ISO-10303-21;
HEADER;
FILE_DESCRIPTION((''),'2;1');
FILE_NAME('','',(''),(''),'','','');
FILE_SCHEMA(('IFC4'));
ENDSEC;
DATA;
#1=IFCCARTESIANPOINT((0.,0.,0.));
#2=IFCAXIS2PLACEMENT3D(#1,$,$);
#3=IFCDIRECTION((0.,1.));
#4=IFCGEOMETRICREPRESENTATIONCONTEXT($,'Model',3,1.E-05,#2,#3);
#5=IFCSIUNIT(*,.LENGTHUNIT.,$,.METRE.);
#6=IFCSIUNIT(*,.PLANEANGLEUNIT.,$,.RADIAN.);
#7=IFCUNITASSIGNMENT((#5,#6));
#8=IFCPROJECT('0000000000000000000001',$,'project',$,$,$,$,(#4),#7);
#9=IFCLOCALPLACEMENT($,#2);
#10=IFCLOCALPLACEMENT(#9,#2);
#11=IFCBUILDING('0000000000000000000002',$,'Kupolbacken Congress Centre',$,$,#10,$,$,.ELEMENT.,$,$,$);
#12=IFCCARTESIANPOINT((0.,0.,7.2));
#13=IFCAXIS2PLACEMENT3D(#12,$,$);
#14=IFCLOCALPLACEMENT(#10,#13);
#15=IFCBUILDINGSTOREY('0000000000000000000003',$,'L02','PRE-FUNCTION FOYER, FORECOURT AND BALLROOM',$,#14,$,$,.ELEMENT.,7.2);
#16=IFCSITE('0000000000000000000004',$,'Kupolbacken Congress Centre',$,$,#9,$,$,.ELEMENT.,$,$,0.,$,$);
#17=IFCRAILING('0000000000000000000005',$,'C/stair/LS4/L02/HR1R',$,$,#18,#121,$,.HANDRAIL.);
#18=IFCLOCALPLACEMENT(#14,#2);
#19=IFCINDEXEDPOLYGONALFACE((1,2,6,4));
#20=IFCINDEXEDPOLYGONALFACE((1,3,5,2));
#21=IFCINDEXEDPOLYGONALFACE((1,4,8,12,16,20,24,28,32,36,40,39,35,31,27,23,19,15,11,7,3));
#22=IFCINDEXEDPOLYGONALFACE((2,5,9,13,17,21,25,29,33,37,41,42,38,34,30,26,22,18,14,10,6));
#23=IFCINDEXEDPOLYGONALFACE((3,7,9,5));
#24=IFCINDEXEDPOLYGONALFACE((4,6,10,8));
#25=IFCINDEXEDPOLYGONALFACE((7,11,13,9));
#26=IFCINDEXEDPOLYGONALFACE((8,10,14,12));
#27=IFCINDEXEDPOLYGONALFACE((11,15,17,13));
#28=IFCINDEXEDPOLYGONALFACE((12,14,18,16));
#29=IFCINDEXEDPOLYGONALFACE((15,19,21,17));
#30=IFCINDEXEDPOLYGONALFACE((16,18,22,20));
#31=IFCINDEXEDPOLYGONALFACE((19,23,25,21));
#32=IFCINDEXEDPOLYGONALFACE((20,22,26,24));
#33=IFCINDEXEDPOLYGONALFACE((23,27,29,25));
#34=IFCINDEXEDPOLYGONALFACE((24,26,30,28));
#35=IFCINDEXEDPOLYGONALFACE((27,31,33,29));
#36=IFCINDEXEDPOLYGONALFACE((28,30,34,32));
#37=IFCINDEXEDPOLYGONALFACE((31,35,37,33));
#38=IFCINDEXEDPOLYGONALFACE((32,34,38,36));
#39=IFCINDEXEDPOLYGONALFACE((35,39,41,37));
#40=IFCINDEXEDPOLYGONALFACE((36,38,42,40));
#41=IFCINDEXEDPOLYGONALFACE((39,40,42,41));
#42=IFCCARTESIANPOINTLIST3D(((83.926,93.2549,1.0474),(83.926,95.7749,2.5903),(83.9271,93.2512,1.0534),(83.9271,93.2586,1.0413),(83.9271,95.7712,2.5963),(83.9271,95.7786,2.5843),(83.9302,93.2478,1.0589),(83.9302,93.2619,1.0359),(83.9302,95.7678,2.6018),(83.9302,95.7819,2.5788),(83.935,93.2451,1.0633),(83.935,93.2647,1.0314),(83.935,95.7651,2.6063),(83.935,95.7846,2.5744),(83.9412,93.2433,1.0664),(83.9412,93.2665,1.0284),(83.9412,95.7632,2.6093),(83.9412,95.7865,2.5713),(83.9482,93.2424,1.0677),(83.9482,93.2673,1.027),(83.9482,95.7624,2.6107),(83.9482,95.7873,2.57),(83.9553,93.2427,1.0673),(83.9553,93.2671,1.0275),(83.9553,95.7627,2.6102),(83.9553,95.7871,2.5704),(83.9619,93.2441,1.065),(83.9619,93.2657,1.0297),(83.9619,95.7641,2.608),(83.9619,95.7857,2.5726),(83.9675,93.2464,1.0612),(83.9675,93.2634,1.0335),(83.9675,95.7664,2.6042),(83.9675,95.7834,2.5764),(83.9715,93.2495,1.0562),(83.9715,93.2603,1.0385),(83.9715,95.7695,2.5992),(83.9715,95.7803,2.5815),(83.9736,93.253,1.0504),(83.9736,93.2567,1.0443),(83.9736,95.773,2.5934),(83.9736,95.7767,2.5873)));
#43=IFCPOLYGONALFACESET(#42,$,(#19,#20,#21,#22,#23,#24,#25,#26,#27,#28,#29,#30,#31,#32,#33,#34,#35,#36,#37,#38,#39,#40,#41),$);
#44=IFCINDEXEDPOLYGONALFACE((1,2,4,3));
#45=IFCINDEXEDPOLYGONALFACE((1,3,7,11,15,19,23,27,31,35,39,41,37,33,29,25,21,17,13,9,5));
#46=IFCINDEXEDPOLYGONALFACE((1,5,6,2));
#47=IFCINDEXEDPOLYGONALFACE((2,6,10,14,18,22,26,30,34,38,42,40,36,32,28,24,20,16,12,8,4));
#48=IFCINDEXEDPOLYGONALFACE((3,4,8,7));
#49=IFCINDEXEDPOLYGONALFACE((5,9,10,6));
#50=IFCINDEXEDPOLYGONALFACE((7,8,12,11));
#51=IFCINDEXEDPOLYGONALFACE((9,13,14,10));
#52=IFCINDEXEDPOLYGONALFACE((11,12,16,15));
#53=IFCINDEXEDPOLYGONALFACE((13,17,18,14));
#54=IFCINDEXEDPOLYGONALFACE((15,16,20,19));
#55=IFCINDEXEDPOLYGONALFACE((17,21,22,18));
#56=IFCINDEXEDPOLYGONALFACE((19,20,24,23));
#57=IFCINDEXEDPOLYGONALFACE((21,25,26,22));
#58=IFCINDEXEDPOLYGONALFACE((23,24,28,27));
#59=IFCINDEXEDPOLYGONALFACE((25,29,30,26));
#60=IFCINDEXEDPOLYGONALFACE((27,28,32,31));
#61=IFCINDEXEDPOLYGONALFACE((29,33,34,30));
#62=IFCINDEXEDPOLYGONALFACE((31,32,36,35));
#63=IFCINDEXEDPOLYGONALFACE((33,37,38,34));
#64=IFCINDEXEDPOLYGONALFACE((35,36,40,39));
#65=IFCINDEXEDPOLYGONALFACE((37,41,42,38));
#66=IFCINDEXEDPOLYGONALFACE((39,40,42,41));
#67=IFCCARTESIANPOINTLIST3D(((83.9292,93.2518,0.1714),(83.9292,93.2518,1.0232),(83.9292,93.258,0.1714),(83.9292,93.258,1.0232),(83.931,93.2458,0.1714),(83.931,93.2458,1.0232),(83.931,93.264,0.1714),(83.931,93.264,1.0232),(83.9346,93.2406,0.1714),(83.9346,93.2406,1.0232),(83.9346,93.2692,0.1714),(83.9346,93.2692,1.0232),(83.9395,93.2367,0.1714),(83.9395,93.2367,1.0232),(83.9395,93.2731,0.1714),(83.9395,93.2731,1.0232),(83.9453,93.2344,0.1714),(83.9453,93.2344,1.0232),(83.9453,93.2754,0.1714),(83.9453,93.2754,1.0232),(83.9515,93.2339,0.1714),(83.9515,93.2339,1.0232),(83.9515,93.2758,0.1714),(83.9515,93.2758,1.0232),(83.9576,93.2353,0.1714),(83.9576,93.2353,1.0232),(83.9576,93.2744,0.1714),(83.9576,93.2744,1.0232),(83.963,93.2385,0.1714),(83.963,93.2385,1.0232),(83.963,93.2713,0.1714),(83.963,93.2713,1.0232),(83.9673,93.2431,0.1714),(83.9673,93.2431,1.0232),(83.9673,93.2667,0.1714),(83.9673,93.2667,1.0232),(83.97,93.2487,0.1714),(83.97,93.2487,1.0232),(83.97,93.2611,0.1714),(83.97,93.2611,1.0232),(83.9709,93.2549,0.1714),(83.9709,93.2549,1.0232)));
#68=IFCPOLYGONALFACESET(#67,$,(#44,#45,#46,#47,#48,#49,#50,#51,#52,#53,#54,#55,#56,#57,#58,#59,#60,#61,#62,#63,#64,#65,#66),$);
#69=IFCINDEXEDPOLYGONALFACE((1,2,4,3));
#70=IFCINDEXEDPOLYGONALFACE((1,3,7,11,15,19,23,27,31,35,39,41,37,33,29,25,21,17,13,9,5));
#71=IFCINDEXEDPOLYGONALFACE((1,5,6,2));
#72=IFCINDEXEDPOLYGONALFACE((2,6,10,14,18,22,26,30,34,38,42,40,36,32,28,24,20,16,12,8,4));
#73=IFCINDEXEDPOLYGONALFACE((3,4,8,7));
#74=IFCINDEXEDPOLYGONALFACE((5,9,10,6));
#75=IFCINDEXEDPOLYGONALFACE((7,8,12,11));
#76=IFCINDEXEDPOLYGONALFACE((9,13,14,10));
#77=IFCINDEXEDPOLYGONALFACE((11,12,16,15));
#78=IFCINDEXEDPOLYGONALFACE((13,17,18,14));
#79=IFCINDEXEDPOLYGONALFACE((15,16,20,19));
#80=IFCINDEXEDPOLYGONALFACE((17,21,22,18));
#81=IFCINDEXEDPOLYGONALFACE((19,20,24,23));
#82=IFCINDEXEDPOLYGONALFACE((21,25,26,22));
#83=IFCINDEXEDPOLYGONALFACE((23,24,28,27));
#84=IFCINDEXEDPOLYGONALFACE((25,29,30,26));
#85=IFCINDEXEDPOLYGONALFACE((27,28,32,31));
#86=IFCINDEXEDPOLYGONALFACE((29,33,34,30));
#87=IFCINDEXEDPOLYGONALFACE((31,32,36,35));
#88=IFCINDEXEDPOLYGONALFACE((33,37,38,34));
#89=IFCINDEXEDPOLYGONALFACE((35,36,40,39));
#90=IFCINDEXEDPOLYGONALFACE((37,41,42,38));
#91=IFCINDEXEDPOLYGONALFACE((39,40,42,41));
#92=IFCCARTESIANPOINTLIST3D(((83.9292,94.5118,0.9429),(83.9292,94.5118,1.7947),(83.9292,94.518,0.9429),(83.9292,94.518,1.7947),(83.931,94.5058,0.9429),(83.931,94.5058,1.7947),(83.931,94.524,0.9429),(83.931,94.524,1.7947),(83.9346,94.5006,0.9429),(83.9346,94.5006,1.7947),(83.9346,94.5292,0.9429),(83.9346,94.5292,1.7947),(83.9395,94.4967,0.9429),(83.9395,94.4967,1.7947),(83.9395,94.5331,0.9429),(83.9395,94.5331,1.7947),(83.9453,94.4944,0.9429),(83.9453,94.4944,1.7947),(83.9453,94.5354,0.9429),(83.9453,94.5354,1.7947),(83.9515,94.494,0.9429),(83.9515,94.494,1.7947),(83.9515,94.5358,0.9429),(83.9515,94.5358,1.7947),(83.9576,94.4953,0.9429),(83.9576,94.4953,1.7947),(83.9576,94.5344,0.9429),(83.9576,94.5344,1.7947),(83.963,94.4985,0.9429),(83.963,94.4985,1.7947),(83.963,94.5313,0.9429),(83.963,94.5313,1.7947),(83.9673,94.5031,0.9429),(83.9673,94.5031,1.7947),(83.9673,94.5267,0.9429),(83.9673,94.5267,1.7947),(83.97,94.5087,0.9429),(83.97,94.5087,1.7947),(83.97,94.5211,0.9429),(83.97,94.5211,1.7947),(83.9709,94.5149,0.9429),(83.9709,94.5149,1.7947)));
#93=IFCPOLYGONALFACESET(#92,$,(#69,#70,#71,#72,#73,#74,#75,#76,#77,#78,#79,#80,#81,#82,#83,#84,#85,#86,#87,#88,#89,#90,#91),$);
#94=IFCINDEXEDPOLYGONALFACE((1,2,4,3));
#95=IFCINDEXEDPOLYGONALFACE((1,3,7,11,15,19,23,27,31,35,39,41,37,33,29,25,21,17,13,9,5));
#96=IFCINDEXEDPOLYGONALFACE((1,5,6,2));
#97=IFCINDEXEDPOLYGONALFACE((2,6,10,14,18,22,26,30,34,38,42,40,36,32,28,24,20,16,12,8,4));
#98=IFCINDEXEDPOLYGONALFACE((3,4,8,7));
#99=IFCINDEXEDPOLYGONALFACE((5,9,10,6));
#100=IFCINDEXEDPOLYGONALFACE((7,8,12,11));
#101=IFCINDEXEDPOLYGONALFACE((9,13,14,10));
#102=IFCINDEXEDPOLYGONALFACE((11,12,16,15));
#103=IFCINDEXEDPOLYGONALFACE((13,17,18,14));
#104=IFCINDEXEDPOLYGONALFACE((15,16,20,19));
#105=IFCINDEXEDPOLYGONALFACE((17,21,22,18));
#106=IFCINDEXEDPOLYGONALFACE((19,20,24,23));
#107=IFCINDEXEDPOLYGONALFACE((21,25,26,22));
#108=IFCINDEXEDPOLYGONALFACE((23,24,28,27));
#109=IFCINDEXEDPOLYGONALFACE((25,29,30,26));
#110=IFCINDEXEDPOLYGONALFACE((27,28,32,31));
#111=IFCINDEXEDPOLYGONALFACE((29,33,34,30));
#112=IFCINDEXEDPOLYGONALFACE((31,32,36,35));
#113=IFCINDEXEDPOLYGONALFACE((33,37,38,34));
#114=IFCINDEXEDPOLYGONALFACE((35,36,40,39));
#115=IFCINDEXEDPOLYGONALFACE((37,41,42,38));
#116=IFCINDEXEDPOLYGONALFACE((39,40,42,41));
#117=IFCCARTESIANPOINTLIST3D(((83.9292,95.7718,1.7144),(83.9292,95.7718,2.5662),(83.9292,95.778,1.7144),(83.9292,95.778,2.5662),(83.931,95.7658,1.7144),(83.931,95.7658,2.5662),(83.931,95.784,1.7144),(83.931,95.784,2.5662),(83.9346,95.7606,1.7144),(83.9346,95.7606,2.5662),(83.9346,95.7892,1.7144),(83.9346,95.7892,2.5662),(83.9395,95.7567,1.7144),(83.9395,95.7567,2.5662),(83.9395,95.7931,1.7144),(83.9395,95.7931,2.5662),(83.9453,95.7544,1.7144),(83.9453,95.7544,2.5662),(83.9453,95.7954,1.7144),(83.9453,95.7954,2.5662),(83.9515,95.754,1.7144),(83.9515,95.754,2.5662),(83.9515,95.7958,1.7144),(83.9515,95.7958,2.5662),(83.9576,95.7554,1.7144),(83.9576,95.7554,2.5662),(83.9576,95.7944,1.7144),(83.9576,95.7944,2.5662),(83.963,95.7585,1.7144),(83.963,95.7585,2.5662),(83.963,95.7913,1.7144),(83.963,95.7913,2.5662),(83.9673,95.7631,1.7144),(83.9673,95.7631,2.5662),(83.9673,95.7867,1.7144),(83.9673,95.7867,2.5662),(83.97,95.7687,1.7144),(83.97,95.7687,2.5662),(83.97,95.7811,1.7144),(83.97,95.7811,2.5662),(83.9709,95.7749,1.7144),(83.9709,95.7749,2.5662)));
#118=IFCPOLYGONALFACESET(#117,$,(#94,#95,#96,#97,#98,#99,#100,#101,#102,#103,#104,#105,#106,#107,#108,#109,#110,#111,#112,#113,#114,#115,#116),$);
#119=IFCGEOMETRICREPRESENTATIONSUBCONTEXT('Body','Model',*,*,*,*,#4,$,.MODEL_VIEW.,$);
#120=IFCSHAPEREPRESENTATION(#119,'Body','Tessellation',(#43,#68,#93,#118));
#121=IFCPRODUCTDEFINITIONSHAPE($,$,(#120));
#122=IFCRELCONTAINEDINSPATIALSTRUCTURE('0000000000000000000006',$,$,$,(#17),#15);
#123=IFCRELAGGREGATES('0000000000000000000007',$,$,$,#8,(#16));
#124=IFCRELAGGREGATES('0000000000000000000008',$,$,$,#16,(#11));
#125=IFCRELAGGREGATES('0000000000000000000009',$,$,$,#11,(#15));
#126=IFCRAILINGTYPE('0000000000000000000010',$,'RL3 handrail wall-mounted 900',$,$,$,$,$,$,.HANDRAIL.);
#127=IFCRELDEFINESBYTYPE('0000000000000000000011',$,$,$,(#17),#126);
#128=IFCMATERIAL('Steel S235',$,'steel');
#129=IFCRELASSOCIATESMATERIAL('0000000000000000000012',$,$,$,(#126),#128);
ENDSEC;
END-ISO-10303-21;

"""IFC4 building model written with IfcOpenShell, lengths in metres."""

from ifc_helpers import new_model, si_unit, direction, frame, origin, origin_2d, place, context, subcontext, project, spatial, circle, extrude, material, type_object, element, save


model = new_model("IFC4")

# Units and contexts
model_context = context("Model", 3, precision=1e-05, world=origin(), true_north=direction((0.0, 1.0)))
body_context = subcontext(model_context, "Body", "Model", "MODEL_VIEW")
ifc_project = project(units=[si_unit("LENGTHUNIT", "METRE"), si_unit("PLANEANGLEUNIT", "RADIAN")], contexts=[model_context])

# Site, building, storey
site_placement = place(None, origin())
site = spatial("IfcSite", under=ifc_project, at=site_placement, Name="Kupolbacken Congress Centre", CompositionType="ELEMENT", RefElevation=0.0)
building_placement = place(site_placement, origin())
building = spatial("IfcBuilding", under=site, at=building_placement, Name="Kupolbacken Congress Centre", CompositionType="ELEMENT")
storey_placement = place(building_placement, frame((0.0, 0.0, 7.2)))
storey = spatial("IfcBuildingStorey", under=building, at=storey_placement, Name="L02", Description="PRE-FUNCTION FOYER, FORECOURT AND BALLROOM", CompositionType="ELEMENT", Elevation=7.2)

# Railing
ifc_material_1 = material(Name="Steel S235", Category="steel")
railing_type = type_object("IfcRailingType", Name="RL3 handrail wall-mounted 900", PredefinedType="HANDRAIL", material=ifc_material_1)
for number, where, name in (
    (1, (83.95, 93.2549, 0.1714), "C/stair/LS4/L02/HR1R"),
):
    element("IfcRailing", number, at=place(storey_placement, frame(where)), inside=storey, type_object=railing_type, Name=name, PredefinedType="HANDRAIL", context=body_context, shape_type="SweptSolid", body=[
        extrude(circle(Radius=0.0239, at=origin_2d()), frame((0.0, 0.0, 0.876), z_axis=(0.0, 0.852836, 0.522178), x_axis=(-1.0, 0.0, 0.0)), (0.0, 0.0, 1.0), 2.9548),
        extrude(circle(Radius=0.021, at=origin_2d()), origin(), (0.0, 0.0, 1.0), 0.8518),
        extrude(circle(Radius=0.021, at=origin_2d()), frame((0.0, 1.26, 0.7715)), (0.0, 0.0, 1.0), 0.8518),
        extrude(circle(Radius=0.021, at=origin_2d()), frame((0.0, 2.52, 1.543)), (0.0, 0.0, 1.0), 0.8518),
    ])

save(model, "model.ifc")
